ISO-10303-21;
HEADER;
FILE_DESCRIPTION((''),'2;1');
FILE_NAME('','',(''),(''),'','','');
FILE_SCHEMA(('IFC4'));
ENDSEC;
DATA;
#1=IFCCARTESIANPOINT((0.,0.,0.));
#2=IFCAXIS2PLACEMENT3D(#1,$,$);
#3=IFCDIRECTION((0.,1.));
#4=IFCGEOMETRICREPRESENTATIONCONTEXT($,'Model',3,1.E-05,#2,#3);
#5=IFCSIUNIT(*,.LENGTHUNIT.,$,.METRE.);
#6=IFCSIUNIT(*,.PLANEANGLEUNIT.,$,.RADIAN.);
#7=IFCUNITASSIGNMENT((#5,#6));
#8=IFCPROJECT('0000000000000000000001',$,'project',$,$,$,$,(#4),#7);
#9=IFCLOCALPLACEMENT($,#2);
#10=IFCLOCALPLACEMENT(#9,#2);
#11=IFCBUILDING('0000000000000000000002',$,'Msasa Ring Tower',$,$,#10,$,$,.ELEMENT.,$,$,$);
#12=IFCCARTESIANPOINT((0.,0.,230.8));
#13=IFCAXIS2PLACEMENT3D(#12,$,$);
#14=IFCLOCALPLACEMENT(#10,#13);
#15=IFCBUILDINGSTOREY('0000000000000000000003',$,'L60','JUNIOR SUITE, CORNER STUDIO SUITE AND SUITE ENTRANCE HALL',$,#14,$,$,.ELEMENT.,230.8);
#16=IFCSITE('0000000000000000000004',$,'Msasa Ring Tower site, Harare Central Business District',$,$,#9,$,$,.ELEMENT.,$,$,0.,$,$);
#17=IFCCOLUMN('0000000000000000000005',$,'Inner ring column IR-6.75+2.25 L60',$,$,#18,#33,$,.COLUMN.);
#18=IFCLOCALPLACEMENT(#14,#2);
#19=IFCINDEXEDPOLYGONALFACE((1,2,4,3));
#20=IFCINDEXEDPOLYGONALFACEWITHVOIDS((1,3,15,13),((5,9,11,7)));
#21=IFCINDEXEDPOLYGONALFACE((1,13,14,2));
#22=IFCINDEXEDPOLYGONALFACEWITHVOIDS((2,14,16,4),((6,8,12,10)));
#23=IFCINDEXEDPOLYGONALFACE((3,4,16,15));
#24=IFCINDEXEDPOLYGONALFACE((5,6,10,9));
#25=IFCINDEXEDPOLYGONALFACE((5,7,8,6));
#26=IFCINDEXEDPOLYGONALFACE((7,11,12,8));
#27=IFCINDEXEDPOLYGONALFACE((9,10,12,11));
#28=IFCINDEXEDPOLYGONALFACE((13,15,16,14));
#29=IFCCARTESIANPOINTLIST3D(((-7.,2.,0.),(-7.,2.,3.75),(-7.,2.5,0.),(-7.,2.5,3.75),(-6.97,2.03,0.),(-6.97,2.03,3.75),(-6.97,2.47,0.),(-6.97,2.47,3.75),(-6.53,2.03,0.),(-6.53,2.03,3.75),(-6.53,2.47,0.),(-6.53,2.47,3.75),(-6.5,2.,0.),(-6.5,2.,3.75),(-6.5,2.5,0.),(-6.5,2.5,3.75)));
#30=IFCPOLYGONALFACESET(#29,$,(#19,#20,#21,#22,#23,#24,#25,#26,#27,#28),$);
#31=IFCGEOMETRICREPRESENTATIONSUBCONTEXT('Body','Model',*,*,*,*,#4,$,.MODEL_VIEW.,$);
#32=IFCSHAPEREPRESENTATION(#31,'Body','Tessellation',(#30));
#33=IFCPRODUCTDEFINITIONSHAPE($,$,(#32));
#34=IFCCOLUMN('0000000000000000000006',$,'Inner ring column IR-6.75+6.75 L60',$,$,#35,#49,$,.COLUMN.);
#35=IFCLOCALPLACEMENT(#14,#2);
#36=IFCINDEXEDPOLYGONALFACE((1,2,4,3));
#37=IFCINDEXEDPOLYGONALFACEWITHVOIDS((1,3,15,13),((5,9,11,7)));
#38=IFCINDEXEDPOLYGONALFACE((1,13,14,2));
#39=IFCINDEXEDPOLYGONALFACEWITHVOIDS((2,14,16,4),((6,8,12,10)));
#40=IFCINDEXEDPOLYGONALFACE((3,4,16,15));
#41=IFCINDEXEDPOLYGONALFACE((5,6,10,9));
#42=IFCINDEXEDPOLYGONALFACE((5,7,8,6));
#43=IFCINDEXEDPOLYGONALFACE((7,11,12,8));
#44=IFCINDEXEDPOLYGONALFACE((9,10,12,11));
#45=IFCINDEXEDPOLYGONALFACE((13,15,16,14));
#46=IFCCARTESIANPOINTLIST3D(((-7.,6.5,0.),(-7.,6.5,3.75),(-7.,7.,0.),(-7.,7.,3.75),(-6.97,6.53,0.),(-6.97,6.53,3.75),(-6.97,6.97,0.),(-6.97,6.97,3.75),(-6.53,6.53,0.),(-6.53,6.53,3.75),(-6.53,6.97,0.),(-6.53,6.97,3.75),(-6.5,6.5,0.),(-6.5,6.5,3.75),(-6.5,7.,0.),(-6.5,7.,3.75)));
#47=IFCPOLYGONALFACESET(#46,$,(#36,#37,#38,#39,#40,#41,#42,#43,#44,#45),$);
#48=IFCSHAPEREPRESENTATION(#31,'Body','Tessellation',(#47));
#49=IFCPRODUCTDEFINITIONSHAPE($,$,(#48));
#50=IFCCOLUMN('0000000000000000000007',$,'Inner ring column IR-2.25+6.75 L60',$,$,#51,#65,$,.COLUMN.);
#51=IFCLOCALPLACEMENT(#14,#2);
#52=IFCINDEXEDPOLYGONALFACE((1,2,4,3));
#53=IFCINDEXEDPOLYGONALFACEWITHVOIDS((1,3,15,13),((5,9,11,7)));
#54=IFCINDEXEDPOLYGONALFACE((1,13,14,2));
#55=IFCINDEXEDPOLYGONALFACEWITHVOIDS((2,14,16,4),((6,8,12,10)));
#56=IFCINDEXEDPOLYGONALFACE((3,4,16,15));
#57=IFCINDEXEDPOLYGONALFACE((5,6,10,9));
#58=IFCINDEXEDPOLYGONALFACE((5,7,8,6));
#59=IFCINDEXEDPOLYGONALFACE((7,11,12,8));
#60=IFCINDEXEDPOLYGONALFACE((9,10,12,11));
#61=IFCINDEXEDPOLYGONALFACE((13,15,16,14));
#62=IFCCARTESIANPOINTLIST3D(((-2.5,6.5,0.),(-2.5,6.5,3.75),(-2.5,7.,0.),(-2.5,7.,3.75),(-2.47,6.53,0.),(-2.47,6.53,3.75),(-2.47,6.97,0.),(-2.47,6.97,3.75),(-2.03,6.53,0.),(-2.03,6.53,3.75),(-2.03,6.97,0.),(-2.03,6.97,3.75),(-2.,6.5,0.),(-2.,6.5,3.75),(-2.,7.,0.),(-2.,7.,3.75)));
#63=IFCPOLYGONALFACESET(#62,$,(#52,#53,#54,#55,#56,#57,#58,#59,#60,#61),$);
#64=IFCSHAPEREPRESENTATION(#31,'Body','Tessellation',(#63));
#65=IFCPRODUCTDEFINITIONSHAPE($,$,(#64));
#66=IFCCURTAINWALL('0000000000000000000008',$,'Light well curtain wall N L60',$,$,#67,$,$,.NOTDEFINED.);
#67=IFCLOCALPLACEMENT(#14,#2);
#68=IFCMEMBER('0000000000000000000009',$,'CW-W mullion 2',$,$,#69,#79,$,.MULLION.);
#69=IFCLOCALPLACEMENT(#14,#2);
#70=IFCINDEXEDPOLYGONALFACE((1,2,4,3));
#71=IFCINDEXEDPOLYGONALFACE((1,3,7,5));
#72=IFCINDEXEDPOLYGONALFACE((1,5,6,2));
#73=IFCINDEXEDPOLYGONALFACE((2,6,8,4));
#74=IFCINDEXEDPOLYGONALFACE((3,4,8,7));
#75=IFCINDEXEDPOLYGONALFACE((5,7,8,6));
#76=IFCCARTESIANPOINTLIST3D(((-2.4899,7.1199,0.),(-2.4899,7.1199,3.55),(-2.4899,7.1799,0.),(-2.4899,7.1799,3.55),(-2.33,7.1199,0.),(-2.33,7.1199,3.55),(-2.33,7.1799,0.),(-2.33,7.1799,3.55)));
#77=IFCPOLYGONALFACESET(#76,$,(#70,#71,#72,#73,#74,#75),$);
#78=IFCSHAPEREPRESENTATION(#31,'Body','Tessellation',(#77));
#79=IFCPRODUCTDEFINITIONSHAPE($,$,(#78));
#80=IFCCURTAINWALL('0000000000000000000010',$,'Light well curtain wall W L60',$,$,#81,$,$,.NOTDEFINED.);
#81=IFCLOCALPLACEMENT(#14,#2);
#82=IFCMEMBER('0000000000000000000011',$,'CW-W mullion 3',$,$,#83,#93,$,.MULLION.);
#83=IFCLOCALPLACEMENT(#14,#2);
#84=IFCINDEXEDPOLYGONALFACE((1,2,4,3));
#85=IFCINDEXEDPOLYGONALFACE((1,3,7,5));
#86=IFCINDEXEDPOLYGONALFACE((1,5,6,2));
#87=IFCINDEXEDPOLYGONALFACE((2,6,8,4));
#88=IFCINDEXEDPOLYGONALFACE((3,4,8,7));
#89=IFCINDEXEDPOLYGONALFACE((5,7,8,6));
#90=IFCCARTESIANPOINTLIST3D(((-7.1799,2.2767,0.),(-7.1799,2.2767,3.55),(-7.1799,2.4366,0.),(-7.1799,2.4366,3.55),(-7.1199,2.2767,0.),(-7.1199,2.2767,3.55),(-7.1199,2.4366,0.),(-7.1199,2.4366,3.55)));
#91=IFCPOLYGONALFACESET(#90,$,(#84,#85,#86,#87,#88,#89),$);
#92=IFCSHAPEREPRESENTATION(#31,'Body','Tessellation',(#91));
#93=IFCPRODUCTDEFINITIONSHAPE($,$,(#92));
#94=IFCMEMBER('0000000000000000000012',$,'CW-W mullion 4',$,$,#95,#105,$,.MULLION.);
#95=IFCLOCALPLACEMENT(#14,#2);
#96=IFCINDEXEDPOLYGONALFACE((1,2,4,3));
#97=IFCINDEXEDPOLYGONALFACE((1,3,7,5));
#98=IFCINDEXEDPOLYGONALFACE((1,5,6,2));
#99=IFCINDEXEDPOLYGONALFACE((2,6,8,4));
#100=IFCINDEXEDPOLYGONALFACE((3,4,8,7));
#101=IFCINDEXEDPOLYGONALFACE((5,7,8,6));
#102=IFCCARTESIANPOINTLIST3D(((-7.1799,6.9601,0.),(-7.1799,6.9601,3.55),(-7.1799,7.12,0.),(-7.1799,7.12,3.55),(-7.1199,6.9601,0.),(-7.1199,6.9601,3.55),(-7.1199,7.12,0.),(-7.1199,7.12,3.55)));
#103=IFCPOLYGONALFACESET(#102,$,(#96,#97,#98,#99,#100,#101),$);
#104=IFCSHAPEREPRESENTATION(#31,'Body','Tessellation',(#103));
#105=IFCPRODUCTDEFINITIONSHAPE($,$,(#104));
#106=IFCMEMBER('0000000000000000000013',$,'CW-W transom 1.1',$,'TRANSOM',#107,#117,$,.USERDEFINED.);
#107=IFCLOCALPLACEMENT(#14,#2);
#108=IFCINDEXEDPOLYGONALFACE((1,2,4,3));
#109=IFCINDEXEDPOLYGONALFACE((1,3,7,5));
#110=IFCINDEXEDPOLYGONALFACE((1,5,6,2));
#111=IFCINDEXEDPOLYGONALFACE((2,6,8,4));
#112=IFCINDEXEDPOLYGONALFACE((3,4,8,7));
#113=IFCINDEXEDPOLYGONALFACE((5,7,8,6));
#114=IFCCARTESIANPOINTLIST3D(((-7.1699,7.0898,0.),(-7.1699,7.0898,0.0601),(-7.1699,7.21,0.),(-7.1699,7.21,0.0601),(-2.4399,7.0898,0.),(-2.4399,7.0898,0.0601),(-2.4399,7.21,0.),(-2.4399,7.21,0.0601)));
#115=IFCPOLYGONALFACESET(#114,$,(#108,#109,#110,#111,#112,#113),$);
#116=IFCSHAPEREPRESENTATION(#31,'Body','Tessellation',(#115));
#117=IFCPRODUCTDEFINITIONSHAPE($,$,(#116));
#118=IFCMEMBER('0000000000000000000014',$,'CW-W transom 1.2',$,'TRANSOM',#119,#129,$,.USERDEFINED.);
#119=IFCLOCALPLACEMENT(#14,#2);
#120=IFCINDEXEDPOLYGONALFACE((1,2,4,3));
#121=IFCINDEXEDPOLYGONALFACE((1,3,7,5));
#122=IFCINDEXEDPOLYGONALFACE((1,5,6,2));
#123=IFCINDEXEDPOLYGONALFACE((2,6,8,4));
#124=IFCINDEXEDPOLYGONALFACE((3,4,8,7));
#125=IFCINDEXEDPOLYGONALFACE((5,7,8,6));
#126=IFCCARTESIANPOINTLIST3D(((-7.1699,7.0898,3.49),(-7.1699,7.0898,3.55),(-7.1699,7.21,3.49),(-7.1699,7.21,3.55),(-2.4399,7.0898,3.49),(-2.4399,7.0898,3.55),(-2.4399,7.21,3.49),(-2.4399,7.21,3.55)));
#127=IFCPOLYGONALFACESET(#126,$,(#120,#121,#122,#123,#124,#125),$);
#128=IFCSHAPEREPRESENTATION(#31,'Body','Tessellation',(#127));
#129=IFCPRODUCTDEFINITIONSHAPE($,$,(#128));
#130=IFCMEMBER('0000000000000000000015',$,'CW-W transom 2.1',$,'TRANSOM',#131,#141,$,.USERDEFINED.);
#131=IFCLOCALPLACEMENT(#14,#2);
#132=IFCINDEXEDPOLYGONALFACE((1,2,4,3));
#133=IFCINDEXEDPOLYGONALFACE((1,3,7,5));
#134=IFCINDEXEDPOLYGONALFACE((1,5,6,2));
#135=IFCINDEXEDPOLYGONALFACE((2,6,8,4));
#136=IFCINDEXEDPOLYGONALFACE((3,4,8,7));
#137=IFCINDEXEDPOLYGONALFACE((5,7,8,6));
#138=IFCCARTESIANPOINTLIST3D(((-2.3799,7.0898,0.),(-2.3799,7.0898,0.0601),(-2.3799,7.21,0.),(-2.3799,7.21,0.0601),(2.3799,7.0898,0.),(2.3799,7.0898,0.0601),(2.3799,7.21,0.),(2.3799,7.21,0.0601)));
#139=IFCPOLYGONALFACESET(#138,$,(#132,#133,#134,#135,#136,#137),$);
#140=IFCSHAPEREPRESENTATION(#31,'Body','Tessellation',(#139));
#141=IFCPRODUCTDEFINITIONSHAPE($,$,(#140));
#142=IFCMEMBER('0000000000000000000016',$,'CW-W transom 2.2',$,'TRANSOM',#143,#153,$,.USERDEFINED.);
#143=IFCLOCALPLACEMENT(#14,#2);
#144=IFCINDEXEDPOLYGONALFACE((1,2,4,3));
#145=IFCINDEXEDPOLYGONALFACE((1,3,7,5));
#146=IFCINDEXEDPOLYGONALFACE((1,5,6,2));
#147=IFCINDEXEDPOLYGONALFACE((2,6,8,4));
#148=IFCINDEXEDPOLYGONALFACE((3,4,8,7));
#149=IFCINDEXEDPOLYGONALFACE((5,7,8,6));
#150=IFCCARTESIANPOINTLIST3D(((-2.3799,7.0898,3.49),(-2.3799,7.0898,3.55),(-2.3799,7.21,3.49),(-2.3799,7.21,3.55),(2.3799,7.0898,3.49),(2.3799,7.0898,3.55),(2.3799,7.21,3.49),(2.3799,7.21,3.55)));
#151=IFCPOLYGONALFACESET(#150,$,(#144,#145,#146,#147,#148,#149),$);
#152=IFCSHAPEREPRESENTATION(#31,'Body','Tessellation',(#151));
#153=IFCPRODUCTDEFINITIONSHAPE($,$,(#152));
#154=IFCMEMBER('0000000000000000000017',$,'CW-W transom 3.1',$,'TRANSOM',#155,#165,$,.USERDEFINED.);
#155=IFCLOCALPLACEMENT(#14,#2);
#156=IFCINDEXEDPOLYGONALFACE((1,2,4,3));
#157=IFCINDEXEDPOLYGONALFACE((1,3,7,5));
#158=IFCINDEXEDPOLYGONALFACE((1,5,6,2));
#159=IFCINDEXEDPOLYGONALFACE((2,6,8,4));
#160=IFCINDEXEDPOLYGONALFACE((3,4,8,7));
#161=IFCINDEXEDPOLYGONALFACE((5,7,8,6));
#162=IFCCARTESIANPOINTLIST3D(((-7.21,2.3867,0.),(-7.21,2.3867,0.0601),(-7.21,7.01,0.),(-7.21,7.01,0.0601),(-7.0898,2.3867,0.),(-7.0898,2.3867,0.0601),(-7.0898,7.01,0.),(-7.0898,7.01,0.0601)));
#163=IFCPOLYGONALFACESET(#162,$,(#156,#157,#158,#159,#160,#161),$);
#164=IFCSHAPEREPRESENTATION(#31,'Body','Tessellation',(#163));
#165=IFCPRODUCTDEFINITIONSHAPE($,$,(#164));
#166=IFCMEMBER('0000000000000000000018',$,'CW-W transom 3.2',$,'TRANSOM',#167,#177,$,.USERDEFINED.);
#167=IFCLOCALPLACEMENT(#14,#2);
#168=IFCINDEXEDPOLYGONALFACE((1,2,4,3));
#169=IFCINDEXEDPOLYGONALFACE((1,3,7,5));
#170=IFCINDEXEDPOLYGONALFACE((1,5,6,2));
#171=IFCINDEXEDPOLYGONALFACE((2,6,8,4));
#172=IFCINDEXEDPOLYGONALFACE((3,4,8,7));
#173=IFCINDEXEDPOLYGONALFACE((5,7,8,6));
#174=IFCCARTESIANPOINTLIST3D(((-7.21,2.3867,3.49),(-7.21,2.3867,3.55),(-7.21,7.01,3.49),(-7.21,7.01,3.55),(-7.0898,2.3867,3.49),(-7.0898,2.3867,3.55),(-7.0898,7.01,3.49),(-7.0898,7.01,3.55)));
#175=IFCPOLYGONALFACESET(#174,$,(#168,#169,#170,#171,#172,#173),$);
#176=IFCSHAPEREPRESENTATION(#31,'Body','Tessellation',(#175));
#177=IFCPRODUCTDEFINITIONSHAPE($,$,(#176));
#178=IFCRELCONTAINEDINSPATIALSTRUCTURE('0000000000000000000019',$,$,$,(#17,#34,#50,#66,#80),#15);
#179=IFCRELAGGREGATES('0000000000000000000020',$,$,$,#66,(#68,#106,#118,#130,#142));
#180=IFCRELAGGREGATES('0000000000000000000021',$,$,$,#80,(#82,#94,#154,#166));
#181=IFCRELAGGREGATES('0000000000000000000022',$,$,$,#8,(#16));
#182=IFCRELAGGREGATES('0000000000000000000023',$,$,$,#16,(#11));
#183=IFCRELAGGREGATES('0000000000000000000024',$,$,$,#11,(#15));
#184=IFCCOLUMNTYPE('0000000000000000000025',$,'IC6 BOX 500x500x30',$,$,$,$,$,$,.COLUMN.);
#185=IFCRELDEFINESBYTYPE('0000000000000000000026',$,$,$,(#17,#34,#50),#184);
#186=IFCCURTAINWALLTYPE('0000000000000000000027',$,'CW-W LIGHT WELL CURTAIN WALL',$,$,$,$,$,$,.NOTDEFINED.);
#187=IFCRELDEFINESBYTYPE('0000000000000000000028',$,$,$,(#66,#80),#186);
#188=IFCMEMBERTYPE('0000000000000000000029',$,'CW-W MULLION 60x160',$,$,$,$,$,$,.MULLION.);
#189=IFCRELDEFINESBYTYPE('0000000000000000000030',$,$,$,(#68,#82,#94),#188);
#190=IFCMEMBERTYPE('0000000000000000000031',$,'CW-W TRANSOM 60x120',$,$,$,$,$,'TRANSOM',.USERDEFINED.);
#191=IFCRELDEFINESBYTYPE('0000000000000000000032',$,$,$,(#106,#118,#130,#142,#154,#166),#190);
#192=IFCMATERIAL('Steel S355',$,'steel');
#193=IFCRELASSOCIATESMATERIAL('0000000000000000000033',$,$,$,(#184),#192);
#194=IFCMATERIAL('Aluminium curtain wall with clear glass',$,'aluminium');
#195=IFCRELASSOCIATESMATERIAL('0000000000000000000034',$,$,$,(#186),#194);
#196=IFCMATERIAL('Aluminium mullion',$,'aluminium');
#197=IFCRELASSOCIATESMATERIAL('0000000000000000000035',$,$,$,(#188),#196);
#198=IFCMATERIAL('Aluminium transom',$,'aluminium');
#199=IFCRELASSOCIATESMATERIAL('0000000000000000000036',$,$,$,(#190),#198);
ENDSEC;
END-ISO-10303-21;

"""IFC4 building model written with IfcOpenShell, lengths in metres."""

from ifc_helpers import new_model, si_unit, direction, frame, origin, origin_2d, place, context, subcontext, project, spatial, rectangle, hollow_rectangle, extrude, material, material_profile, profile_set, type_object, element, aggregate, save


model = new_model("IFC4")

# Units and contexts
model_context = context("Model", 3, precision=1e-05, world=origin(), true_north=direction((0.0, 1.0)))
body_context = subcontext(model_context, "Body", "Model", "MODEL_VIEW")
ifc_project = project(units=[si_unit("LENGTHUNIT", "METRE"), si_unit("PLANEANGLEUNIT", "RADIAN")], contexts=[model_context])

# Site, building, storey
site_placement = place(None, origin())
site = spatial("IfcSite", under=ifc_project, at=site_placement, Name="Msasa Ring Tower site, Harare Central Business District", CompositionType="ELEMENT", RefElevation=0.0)
building_placement = place(site_placement, origin())
building = spatial("IfcBuilding", under=site, at=building_placement, Name="Msasa Ring Tower", CompositionType="ELEMENT")
storey_placement = place(building_placement, frame((0.0, 0.0, 230.8)))
storey = spatial("IfcBuildingStorey", under=building, at=storey_placement, Name="L60", Description="JUNIOR SUITE, CORNER STUDIO SUITE AND SUITE ENTRANCE HALL", CompositionType="ELEMENT", Elevation=230.8)

# Columns
ifc_material_1 = material(Name="Steel S355", Category="steel")
ifc_material_profile_1 = material_profile(ifc_material_1, hollow_rectangle(XDim=0.5, YDim=0.5, WallThickness=0.03, at=origin_2d()), Name="BOX 500x500x30")
ifc_profile_set_1 = profile_set([ifc_material_profile_1], Name="Steel S355")
column_type = type_object("IfcColumnType", Name="IC6 BOX 500x500x30", PredefinedType="COLUMN", material=ifc_profile_set_1)
for number, where, z_axis, x_axis, name in (
    (1, (-6.75, 2.25, 0.0), (0.0, 0.0, 1.0), (1.0, 0.0, 0.0), "Inner ring column IR-6.75+2.25 L60"),
    (2, (-6.75, 6.75, 0.0), (0.0, 0.0, 1.0), (1.0, 0.0, 0.0), "Inner ring column IR-6.75+6.75 L60"),
    (3, (-2.25, 6.75, 0.0), (0.0, 0.0, 1.0), (1.0, 0.0, 0.0), "Inner ring column IR-2.25+6.75 L60"),
):
    element("IfcColumn", number, at=place(storey_placement, frame(where, z_axis=z_axis, x_axis=x_axis)), inside=storey, type_object=column_type, Name=name, PredefinedType="COLUMN", context=body_context, shape_type="SweptSolid", body=[
        extrude(hollow_rectangle(XDim=0.5, YDim=0.5, WallThickness=0.03, at=origin_2d()), origin(), (0.0, 0.0, 1.0), 3.75),
    ])

# Curtain wall, member
ifc_material_2 = material(Name="Aluminium curtain wall with clear glass", Category="aluminium")
curtain_wall_type = type_object("IfcCurtainWallType", Name="CW-W LIGHT WELL CURTAIN WALL", PredefinedType="NOTDEFINED", material=ifc_material_2)
curtain_wall_1_placement = place(storey_placement, origin())
curtain_wall_1 = element("IfcCurtainWall", 4, at=curtain_wall_1_placement, inside=storey, type_object=curtain_wall_type, Name="Light well curtain wall N L60", PredefinedType="NOTDEFINED")
ifc_material_3 = material(Name="Aluminium mullion", Category="aluminium")
ifc_material_profile_2 = material_profile(ifc_material_3, rectangle(XDim=0.0601, YDim=0.1599, at=origin_2d()), Name="AL 60x160")
ifc_profile_set_2 = profile_set([ifc_material_profile_2], Name="Aluminium mullion")
member_type_1 = type_object("IfcMemberType", Name="CW-W MULLION 60x160", PredefinedType="MULLION", material=ifc_profile_set_2)
member_1_placement = place(storey_placement, frame((-2.4099, 7.1499, 0.0), z_axis=(0.0, 0.0, 1.0), x_axis=(0.0, 1.0, 0.0)))
member_1 = element("IfcMember", 5, at=member_1_placement, type_object=member_type_1, Name="CW-W mullion 2", PredefinedType="MULLION", context=body_context, shape_type="SweptSolid", body=[
    extrude(rectangle(XDim=0.0601, YDim=0.1599, at=origin_2d()), origin(), (0.0, 0.0, 1.0), 3.55),
])

# Curtain wall, members
curtain_wall_2_placement = place(storey_placement, origin())
curtain_wall_2 = element("IfcCurtainWall", 6, at=curtain_wall_2_placement, inside=storey, type_object=curtain_wall_type, Name="Light well curtain wall W L60", PredefinedType="NOTDEFINED")
member_2_placement = place(storey_placement, frame((-7.1499, 2.3567, 0.0), z_axis=(0.0, 0.0, 1.0), x_axis=(-1.0, 0.0, 0.0)))
member_2 = element("IfcMember", 7, at=member_2_placement, type_object=member_type_1, Name="CW-W mullion 3", PredefinedType="MULLION", context=body_context, shape_type="SweptSolid", body=[
    extrude(rectangle(XDim=0.0601, YDim=0.1599, at=origin_2d()), origin(), (0.0, 0.0, 1.0), 3.55),
])
member_3_placement = place(storey_placement, frame((-7.1499, 7.04, 0.0), z_axis=(0.0, 0.0, 1.0), x_axis=(-1.0, 0.0, 0.0)))
member_3 = element("IfcMember", 8, at=member_3_placement, type_object=member_type_1, Name="CW-W mullion 4", PredefinedType="MULLION", context=body_context, shape_type="SweptSolid", body=[
    extrude(rectangle(XDim=0.0601, YDim=0.1599, at=origin_2d()), origin(), (0.0, 0.0, 1.0), 3.55),
])

# Members
ifc_material_4 = material(Name="Aluminium transom", Category="aluminium")
ifc_material_profile_3 = material_profile(ifc_material_4, rectangle(XDim=0.1201, YDim=0.0601, at=origin_2d()), Name="AL 60x120")
ifc_profile_set_3 = profile_set([ifc_material_profile_3], Name="Aluminium transom")
member_type_2 = type_object("IfcMemberType", Name="CW-W TRANSOM 60x120", ElementType="TRANSOM", PredefinedType="USERDEFINED", material=ifc_profile_set_3)
member_4_placement = place(storey_placement, frame((-7.1699, 7.1499, 0.03), z_axis=(1.0, 0.0, 0.0), x_axis=(0.0, 1.0, 0.0)))
member_4 = element("IfcMember", 9, at=member_4_placement, type_object=member_type_2, Name="CW-W transom 1.1", ObjectType="TRANSOM", PredefinedType="USERDEFINED", context=body_context, shape_type="SweptSolid", body=[
    extrude(rectangle(XDim=0.1201, YDim=0.0601, at=origin_2d()), origin(), (0.0, 0.0, 1.0), 4.73),
])
member_5_placement = place(storey_placement, frame((-7.1699, 7.1499, 3.52), z_axis=(1.0, 0.0, 0.0), x_axis=(0.0, 1.0, 0.0)))
member_5 = element("IfcMember", 10, at=member_5_placement, type_object=member_type_2, Name="CW-W transom 1.2", ObjectType="TRANSOM", PredefinedType="USERDEFINED", context=body_context, shape_type="SweptSolid", body=[
    extrude(rectangle(XDim=0.1201, YDim=0.0601, at=origin_2d()), origin(), (0.0, 0.0, 1.0), 4.73),
])
member_6_placement = place(storey_placement, frame((-2.3799, 7.1499, 0.03), z_axis=(1.0, 0.0, 0.0), x_axis=(0.0, 1.0, 0.0)))
member_6 = element("IfcMember", 11, at=member_6_placement, type_object=member_type_2, Name="CW-W transom 2.1", ObjectType="TRANSOM", PredefinedType="USERDEFINED", context=body_context, shape_type="SweptSolid", body=[
    extrude(rectangle(XDim=0.1201, YDim=0.0601, at=origin_2d()), origin(), (0.0, 0.0, 1.0), 4.7598),
])
member_7_placement = place(storey_placement, frame((-2.3799, 7.1499, 3.52), z_axis=(1.0, 0.0, 0.0), x_axis=(0.0, 1.0, 0.0)))
member_7 = element("IfcMember", 12, at=member_7_placement, type_object=member_type_2, Name="CW-W transom 2.2", ObjectType="TRANSOM", PredefinedType="USERDEFINED", context=body_context, shape_type="SweptSolid", body=[
    extrude(rectangle(XDim=0.1201, YDim=0.0601, at=origin_2d()), origin(), (0.0, 0.0, 1.0), 4.7598),
])
member_8_placement = place(storey_placement, frame((-7.1499, 2.3867, 0.03), z_axis=(0.0, 1.0, 0.0), x_axis=(-1.0, 0.0, 0.0)))
member_8 = element("IfcMember", 13, at=member_8_placement, type_object=member_type_2, Name="CW-W transom 3.1", ObjectType="TRANSOM", PredefinedType="USERDEFINED", context=body_context, shape_type="SweptSolid", body=[
    extrude(rectangle(XDim=0.1201, YDim=0.0601, at=origin_2d()), origin(), (0.0, 0.0, 1.0), 4.6233),
])
member_9_placement = place(storey_placement, frame((-7.1499, 2.3867, 3.52), z_axis=(0.0, 1.0, 0.0), x_axis=(-1.0, 0.0, 0.0)))
member_9 = element("IfcMember", 14, at=member_9_placement, type_object=member_type_2, Name="CW-W transom 3.2", ObjectType="TRANSOM", PredefinedType="USERDEFINED", context=body_context, shape_type="SweptSolid", body=[
    extrude(rectangle(XDim=0.1201, YDim=0.0601, at=origin_2d()), origin(), (0.0, 0.0, 1.0), 4.6233),
])

aggregate(curtain_wall_1, [member_1, member_4, member_5, member_6, member_7])
aggregate(curtain_wall_2, [member_2, member_3, member_8, member_9])

save(model, "model.ifc")
